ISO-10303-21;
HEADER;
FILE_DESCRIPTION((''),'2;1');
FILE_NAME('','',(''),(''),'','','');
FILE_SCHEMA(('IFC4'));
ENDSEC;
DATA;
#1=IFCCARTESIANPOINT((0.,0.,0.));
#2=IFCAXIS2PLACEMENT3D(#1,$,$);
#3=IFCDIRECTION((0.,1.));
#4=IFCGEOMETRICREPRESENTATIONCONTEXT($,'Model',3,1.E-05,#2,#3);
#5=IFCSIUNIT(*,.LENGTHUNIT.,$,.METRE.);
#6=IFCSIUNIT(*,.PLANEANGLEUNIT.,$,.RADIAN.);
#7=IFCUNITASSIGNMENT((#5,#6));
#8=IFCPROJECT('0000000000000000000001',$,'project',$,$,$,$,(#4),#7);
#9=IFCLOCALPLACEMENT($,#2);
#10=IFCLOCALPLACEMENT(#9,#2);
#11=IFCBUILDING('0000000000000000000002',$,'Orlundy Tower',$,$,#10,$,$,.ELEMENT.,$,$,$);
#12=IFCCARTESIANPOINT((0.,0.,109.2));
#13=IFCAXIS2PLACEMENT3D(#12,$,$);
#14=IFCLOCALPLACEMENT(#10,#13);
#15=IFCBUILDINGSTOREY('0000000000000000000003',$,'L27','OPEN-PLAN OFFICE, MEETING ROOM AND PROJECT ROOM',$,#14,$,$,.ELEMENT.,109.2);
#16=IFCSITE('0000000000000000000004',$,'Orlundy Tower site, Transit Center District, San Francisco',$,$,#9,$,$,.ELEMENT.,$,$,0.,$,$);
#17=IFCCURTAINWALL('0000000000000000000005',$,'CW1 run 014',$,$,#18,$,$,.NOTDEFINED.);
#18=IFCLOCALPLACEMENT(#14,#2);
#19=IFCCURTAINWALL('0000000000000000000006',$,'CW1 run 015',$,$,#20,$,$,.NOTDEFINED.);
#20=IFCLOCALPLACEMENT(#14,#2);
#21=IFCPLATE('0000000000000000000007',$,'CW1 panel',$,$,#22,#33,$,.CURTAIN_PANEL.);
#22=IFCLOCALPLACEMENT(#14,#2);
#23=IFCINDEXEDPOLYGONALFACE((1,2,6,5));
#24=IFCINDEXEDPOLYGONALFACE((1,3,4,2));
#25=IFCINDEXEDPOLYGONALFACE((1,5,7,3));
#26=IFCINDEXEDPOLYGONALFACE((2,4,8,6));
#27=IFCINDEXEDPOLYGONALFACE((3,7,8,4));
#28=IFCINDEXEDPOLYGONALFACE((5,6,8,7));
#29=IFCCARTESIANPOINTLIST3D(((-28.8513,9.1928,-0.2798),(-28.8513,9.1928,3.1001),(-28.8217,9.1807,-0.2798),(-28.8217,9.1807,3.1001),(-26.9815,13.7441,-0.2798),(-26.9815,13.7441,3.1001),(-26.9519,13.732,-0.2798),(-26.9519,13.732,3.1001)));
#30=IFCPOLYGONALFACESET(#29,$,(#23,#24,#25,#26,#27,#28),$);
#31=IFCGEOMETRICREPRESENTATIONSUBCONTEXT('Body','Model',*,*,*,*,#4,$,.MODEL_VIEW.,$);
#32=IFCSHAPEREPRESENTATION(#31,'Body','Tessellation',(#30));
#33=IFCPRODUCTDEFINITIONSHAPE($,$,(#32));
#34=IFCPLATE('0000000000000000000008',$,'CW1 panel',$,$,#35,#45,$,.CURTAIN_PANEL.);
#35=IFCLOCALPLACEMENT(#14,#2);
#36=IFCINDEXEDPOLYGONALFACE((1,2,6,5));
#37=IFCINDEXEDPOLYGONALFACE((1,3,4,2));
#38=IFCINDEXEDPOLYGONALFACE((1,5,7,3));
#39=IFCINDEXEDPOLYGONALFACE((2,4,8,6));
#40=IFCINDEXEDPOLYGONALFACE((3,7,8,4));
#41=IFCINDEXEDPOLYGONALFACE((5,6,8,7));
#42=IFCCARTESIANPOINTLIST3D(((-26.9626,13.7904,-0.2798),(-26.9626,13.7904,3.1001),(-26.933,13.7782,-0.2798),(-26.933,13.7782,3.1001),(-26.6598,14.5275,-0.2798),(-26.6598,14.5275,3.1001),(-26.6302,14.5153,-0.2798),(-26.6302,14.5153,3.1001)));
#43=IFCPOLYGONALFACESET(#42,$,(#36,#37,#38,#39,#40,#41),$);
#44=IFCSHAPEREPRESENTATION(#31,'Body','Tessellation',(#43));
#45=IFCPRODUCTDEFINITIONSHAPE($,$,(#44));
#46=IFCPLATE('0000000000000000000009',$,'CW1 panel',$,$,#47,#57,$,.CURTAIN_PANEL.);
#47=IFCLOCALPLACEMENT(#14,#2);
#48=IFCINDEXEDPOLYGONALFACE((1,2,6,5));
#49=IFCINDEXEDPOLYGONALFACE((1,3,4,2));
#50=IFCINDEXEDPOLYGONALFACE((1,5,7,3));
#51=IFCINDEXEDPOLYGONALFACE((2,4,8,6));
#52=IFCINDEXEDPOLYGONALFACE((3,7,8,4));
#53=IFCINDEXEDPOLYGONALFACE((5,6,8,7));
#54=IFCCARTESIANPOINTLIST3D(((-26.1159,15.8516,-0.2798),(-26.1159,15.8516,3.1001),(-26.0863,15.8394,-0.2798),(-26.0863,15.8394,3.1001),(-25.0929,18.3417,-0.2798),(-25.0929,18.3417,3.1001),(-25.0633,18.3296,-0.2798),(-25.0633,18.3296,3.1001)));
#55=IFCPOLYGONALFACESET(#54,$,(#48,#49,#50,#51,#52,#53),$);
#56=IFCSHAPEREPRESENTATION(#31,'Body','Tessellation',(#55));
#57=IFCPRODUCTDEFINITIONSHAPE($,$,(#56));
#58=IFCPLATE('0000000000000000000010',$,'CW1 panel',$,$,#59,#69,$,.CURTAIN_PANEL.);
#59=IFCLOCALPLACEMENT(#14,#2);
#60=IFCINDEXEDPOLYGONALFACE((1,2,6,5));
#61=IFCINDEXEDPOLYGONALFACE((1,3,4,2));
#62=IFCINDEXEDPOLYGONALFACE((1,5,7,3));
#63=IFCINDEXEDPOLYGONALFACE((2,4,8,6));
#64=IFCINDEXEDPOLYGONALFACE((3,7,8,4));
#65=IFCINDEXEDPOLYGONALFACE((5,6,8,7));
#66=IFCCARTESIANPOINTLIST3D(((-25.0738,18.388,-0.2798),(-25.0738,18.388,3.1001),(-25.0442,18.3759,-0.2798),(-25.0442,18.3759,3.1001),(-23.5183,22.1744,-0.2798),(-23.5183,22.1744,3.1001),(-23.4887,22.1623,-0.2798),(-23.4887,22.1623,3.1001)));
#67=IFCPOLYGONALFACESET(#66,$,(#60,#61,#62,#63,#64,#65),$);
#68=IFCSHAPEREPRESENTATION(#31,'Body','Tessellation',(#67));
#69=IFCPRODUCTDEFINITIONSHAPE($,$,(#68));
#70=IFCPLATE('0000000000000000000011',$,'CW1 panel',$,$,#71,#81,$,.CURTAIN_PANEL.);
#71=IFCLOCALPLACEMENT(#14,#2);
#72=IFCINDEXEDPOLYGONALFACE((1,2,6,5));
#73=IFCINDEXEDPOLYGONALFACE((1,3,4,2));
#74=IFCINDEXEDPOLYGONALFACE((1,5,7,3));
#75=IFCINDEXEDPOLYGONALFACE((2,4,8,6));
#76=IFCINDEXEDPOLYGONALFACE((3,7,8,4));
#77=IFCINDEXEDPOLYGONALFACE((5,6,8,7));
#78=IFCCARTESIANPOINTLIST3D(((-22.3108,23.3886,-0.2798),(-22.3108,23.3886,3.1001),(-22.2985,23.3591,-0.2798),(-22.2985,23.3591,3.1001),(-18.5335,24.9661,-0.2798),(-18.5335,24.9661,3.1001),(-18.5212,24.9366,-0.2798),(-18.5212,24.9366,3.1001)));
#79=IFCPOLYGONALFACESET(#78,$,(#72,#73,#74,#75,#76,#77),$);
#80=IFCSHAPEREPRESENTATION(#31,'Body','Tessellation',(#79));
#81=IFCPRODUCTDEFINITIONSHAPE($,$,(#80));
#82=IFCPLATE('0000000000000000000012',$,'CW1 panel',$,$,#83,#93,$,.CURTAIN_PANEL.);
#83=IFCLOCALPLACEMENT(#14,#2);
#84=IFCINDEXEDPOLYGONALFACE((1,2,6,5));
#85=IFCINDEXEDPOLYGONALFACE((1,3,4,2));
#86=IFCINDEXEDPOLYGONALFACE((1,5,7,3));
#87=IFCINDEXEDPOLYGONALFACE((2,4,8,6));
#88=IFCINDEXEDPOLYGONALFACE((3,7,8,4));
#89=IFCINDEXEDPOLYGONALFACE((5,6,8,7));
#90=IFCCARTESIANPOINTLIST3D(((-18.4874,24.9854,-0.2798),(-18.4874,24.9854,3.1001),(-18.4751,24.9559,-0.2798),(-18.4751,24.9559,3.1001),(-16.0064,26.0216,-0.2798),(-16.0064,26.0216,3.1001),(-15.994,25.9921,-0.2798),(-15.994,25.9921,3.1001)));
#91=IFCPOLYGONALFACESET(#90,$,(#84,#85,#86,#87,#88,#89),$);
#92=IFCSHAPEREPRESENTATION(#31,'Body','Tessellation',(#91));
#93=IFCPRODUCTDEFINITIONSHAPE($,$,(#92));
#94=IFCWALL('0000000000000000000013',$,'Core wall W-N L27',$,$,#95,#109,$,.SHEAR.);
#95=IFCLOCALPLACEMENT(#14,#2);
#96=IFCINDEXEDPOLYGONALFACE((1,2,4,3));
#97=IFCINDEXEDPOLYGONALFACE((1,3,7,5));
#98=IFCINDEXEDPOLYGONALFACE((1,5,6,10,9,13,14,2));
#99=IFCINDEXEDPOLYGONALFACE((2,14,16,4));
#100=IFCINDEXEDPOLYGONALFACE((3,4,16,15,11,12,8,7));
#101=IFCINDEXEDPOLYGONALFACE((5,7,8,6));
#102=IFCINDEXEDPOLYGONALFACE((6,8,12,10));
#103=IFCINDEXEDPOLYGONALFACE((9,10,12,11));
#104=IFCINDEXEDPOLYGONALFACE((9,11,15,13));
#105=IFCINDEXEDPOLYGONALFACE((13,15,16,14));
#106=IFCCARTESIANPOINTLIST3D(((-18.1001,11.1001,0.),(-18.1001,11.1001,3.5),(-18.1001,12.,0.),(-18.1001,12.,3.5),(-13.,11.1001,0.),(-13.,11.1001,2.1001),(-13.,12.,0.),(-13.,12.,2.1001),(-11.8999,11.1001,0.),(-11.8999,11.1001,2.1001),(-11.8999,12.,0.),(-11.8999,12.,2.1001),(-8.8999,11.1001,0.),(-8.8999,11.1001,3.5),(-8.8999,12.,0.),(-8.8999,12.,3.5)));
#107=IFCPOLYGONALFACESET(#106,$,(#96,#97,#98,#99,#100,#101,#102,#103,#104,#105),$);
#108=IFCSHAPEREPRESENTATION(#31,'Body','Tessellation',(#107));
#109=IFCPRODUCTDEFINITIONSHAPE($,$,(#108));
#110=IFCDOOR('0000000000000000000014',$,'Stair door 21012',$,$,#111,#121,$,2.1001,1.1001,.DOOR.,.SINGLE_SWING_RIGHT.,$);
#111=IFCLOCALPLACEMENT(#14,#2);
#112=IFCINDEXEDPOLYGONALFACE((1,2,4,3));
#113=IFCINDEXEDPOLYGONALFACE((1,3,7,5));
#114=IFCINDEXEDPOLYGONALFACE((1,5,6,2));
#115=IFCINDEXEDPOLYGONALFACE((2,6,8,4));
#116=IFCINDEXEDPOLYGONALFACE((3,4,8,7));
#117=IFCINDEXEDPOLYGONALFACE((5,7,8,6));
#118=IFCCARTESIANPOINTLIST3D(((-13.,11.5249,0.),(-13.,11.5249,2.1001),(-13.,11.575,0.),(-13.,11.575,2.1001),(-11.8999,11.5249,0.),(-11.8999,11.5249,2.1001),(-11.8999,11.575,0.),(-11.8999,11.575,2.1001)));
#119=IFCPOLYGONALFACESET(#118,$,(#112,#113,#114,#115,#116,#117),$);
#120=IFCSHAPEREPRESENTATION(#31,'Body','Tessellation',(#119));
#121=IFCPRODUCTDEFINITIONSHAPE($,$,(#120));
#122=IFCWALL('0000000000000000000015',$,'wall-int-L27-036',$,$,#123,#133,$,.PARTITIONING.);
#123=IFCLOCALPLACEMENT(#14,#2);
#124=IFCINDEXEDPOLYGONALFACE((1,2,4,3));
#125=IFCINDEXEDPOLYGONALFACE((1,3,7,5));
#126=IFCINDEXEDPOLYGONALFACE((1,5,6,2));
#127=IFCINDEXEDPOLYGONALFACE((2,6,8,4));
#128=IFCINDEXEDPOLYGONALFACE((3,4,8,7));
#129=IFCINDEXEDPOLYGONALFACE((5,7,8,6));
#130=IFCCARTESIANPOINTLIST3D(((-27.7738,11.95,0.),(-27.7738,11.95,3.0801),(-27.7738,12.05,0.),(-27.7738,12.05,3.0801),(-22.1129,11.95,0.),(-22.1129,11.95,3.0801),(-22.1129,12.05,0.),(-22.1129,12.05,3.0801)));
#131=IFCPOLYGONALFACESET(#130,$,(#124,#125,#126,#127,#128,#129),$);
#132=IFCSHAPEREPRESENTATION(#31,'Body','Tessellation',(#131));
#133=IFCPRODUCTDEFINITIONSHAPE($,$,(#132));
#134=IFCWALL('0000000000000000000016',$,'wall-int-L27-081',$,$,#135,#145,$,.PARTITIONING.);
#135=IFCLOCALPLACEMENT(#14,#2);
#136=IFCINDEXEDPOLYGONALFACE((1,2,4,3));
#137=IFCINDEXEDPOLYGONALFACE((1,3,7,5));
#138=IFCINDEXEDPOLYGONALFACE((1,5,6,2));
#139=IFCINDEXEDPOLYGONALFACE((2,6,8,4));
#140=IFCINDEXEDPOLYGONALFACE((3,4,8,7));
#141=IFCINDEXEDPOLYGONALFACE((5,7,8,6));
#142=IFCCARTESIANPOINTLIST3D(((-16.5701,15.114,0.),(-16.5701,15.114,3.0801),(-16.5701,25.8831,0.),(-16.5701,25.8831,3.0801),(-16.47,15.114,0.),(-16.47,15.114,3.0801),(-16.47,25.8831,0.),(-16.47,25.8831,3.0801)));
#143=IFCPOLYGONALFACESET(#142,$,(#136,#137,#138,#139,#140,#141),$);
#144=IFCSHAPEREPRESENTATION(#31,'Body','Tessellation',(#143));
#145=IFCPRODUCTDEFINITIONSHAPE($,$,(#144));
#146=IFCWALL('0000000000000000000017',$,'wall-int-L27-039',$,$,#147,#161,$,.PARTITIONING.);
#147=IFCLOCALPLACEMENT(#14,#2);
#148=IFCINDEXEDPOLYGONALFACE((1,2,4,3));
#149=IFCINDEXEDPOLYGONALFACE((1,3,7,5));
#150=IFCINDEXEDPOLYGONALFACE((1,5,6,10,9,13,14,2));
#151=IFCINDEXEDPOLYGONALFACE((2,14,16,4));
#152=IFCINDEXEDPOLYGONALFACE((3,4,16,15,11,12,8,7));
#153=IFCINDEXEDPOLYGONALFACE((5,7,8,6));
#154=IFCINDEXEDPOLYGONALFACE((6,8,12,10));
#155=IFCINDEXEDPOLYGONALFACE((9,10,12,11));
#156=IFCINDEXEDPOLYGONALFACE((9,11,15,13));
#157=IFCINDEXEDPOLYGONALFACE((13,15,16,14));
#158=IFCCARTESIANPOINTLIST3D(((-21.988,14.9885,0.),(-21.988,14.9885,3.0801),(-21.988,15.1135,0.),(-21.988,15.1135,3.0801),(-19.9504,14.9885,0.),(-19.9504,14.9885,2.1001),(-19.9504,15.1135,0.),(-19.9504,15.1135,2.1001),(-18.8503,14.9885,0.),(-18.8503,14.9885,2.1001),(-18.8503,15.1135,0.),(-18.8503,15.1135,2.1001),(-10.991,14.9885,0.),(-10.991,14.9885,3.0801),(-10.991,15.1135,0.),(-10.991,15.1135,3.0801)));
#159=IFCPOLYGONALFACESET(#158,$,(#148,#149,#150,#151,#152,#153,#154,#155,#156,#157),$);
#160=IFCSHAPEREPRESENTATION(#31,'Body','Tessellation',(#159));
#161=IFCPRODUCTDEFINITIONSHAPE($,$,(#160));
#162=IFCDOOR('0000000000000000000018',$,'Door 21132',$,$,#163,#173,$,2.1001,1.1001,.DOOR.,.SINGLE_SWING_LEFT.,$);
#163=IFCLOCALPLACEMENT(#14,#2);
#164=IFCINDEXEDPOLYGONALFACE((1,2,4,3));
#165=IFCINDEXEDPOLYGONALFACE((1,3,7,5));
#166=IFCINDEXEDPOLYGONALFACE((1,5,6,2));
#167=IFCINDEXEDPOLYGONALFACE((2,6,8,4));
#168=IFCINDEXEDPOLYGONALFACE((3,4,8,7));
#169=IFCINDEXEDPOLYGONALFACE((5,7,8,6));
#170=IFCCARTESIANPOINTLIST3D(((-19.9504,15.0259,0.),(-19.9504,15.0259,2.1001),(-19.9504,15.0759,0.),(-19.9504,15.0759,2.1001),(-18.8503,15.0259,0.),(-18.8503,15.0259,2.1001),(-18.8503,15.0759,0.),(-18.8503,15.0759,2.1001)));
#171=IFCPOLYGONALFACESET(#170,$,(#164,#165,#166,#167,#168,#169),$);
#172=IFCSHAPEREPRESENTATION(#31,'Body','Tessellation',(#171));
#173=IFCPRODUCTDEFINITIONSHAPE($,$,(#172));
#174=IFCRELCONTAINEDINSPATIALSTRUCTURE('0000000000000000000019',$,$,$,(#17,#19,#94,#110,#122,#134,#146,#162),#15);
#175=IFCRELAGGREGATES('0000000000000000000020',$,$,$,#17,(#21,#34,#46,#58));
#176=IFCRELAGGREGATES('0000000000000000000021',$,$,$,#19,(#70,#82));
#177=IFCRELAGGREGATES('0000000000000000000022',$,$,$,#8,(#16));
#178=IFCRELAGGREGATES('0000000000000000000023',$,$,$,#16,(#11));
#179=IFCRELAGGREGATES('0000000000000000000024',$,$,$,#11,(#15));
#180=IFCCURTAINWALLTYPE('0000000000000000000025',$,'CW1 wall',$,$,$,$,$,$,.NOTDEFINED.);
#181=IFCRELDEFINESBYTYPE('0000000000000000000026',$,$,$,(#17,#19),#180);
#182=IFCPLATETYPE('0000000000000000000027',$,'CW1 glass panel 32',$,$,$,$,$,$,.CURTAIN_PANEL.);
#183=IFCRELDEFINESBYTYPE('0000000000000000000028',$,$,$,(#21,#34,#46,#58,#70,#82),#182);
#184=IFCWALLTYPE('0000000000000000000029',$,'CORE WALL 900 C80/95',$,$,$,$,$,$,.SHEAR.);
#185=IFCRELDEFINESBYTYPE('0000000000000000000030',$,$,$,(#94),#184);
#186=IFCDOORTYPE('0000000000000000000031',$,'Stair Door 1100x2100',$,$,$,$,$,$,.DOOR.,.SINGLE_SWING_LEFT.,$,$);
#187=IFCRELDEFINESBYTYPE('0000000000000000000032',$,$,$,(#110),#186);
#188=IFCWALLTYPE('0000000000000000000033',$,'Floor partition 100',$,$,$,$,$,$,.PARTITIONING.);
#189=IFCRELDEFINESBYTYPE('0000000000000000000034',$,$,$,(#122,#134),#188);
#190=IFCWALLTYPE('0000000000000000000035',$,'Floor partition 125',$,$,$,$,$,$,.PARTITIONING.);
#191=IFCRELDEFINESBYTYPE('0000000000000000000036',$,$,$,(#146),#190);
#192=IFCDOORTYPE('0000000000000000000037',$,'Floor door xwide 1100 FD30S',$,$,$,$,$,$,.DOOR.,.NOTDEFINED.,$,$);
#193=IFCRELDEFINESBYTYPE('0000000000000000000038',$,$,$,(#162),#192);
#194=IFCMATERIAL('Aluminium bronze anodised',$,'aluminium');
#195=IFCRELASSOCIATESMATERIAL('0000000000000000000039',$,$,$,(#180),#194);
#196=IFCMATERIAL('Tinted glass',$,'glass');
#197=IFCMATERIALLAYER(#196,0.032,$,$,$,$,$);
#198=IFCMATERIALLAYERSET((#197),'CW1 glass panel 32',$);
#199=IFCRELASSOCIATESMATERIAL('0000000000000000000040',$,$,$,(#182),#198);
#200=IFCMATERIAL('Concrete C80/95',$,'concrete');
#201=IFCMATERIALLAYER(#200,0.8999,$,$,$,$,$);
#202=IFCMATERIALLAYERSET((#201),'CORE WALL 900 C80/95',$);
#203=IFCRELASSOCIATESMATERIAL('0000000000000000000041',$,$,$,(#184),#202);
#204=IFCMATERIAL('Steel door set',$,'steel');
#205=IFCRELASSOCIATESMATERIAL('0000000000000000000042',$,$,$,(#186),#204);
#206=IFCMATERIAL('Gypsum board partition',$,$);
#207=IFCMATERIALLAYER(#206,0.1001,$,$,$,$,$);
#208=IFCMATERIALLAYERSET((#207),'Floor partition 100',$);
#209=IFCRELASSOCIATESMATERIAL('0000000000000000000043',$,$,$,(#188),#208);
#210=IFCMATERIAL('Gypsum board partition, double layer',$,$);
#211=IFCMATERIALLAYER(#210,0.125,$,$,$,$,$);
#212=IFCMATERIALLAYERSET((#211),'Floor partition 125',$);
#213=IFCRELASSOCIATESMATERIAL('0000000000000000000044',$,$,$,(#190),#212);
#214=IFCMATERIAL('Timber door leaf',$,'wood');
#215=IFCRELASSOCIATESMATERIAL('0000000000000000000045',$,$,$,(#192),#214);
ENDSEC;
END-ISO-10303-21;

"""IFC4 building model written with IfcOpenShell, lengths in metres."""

from ifc_helpers import new_model, si_unit, direction, frame, frame_2d, origin, origin_2d, place, context, subcontext, project, spatial, rectangle, extrude, material, layer, layer_set, type_object, element, fill, aggregate, save


model = new_model("IFC4")

# Units and contexts
model_context = context("Model", 3, precision=1e-05, world=origin(), true_north=direction((0.0, 1.0)))
body_context = subcontext(model_context, "Body", "Model", "MODEL_VIEW")
ifc_project = project(units=[si_unit("LENGTHUNIT", "METRE"), si_unit("PLANEANGLEUNIT", "RADIAN")], contexts=[model_context])

# Site, building, storey
site_placement = place(None, origin())
site = spatial("IfcSite", under=ifc_project, at=site_placement, Name="Orlundy Tower site, Transit Center District, San Francisco", CompositionType="ELEMENT", RefElevation=0.0)
building_placement = place(site_placement, origin())
building = spatial("IfcBuilding", under=site, at=building_placement, Name="Orlundy Tower", CompositionType="ELEMENT")
storey_placement = place(building_placement, frame((0.0, 0.0, 109.2)))
storey = spatial("IfcBuildingStorey", under=building, at=storey_placement, Name="L27", Description="OPEN-PLAN OFFICE, MEETING ROOM AND PROJECT ROOM", CompositionType="ELEMENT", Elevation=109.2)

# Curtain wall
ifc_material_1 = material(Name="Aluminium bronze anodised", Category="aluminium")
curtain_wall_type = type_object("IfcCurtainWallType", Name="CW1 wall", PredefinedType="NOTDEFINED", material=ifc_material_1)
curtain_wall_1_placement = place(storey_placement, origin())
curtain_wall_1 = element("IfcCurtainWall", 1, at=curtain_wall_1_placement, inside=storey, type_object=curtain_wall_type, Name="CW1 run 014", PredefinedType="NOTDEFINED")

# Curtain wall
curtain_wall_2_placement = place(storey_placement, origin())
curtain_wall_2 = element("IfcCurtainWall", 2, at=curtain_wall_2_placement, inside=storey, type_object=curtain_wall_type, Name="CW1 run 015", PredefinedType="NOTDEFINED")

# Plates
ifc_material_2 = material(Name="Tinted glass", Category="glass")
ifc_layer_1 = layer(ifc_material_2, 0.032)
ifc_layer_set_1 = layer_set([ifc_layer_1], Name="CW1 glass panel 32")
plate_type = type_object("IfcPlateType", Name="CW1 glass panel 32", PredefinedType="CURTAIN_PANEL", material=ifc_layer_set_1)
plate_1_placement = place(storey_placement, frame((-27.9016, 11.4624, -0.2798), z_axis=(0.0, 0.0, 1.0), x_axis=(0.380005, 0.924984, 0.0)))
plate_1 = element("IfcPlate", 3, at=plate_1_placement, type_object=plate_type, Name="CW1 panel", PredefinedType="CURTAIN_PANEL", context=body_context, shape_type="SweptSolid", body=[
    extrude(rectangle(XDim=4.9204, YDim=0.032, at=origin_2d()), origin(), (0.0, 0.0, 1.0), 3.3799),
])
plate_2_placement = place(storey_placement, frame((-26.7964, 14.1528, -0.2798), z_axis=(0.0, 0.0, 1.0), x_axis=(0.380005, 0.924984, 0.0)))
plate_2 = element("IfcPlate", 4, at=plate_2_placement, type_object=plate_type, Name="CW1 panel", PredefinedType="CURTAIN_PANEL", context=body_context, shape_type="SweptSolid", body=[
    extrude(rectangle(XDim=0.7969, YDim=0.032, at=origin_2d()), origin(), (0.0, 0.0, 1.0), 3.3799),
])
plate_3_placement = place(storey_placement, frame((-25.5896, 17.0906, -0.2798), z_axis=(0.0, 0.0, 1.0), x_axis=(0.380005, 0.924984, 0.0)))
plate_3 = element("IfcPlate", 5, at=plate_3_placement, type_object=plate_type, Name="CW1 panel", PredefinedType="CURTAIN_PANEL", context=body_context, shape_type="SweptSolid", body=[
    extrude(rectangle(XDim=2.6921, YDim=0.032, at=origin_2d()), origin(), (0.0, 0.0, 1.0), 3.3799),
])
plate_4_placement = place(storey_placement, frame((-24.2812, 20.2751, -0.2798), z_axis=(0.0, 0.0, 1.0), x_axis=(0.380005, 0.924984, 0.0)))
plate_4 = element("IfcPlate", 6, at=plate_4_placement, type_object=plate_type, Name="CW1 panel", PredefinedType="CURTAIN_PANEL", context=body_context, shape_type="SweptSolid", body=[
    extrude(rectangle(XDim=4.0935, YDim=0.032, at=origin_2d()), origin(), (0.0, 0.0, 1.0), 3.3799),
])
aggregate(curtain_wall_1, [plate_1, plate_2, plate_3, plate_4])
plate_5_placement = place(storey_placement, frame((-20.416, 24.1626, -0.2798), z_axis=(0.0, 0.0, 1.0), x_axis=(0.92276, 0.385375, 0.0)))
plate_5 = element("IfcPlate", 7, at=plate_5_placement, type_object=plate_type, Name="CW1 panel", PredefinedType="CURTAIN_PANEL", context=body_context, shape_type="SweptSolid", body=[
    extrude(rectangle(XDim=4.0935, YDim=0.032, at=origin_2d()), origin(), (0.0, 0.0, 1.0), 3.3799),
])
plate_6_placement = place(storey_placement, frame((-17.2407, 25.4888, -0.2798), z_axis=(0.0, 0.0, 1.0), x_axis=(0.92276, 0.385375, 0.0)))
plate_6 = element("IfcPlate", 8, at=plate_6_placement, type_object=plate_type, Name="CW1 panel", PredefinedType="CURTAIN_PANEL", context=body_context, shape_type="SweptSolid", body=[
    extrude(rectangle(XDim=2.6887, YDim=0.032, at=origin_2d()), origin(), (0.0, 0.0, 1.0), 3.3799),
])
aggregate(curtain_wall_2, [plate_5, plate_6])

# Wall, opening, door
ifc_material_3 = material(Name="Concrete C80/95", Category="concrete")
ifc_layer_2 = layer(ifc_material_3, 0.8999)
ifc_layer_set_2 = layer_set([ifc_layer_2], Name="CORE WALL 900 C80/95")
wall_type_1 = type_object("IfcWallType", Name="CORE WALL 900 C80/95", PredefinedType="SHEAR", material=ifc_layer_set_2)
wall_1_placement = place(storey_placement, frame((-18.1001, 11.55, 0.0), z_axis=(0.0, 0.0, 1.0), x_axis=(1.0, 0.0, 0.0)))
wall_1 = element("IfcWall", 9, at=wall_1_placement, inside=storey, type_object=wall_type_1, Name="Core wall W-N L27", PredefinedType="SHEAR", context=body_context, shape_type="SweptSolid", body=[
    extrude(rectangle(XDim=9.2002, YDim=0.8999, at=frame_2d((4.6001, 0.0))), origin(), (0.0, 0.0, 1.0), 3.5),
])
opening_1_placement = place(wall_1_placement, frame((5.1001, 0.0, 0.0)))
opening_1 = element("IfcOpeningElement", 10, at=opening_1_placement, cuts=wall_1, PredefinedType="OPENING", context=body_context, shape_type="SweptSolid", body=[
    extrude(rectangle(XDim=1.1001, YDim=2.1001, at=frame_2d((0.55, 1.05))), frame((0.0, 0.46, 0.0), z_axis=(0.0, -1.0, 0.0), x_axis=(1.0, 0.0, 0.0)), (0.0, 0.0, 1.0), 0.9199),
])
ifc_material_4 = material(Name="Steel door set", Category="steel")
door_type_1 = type_object("IfcDoorType", Name="Stair Door 1100x2100", OperationType="SINGLE_SWING_LEFT", PredefinedType="DOOR", material=ifc_material_4)
door_1_placement = place(opening_1_placement, origin())
door_1 = element("IfcDoor", 11, at=door_1_placement, inside=storey, type_object=door_type_1, Name="Stair door 21012", OperationType="SINGLE_SWING_RIGHT", OverallHeight=2.1001, OverallWidth=1.1001, PredefinedType="DOOR", context=body_context, shape_type="SweptSolid", body=[
    extrude(rectangle(XDim=1.1001, YDim=2.1001, at=frame_2d((0.55, 1.05))), frame((0.0, 0.0249, 0.0), z_axis=(0.0, -1.0, 0.0), x_axis=(1.0, 0.0, 0.0)), (0.0, 0.0, 1.0), 0.05),
])
fill(opening_1, door_1)

# Walls
ifc_material_5 = material(Name="Gypsum board partition")
ifc_layer_3 = layer(ifc_material_5, 0.1001)
ifc_layer_set_3 = layer_set([ifc_layer_3], Name="Floor partition 100")
wall_type_2 = type_object("IfcWallType", Name="Floor partition 100", PredefinedType="PARTITIONING", material=ifc_layer_set_3)
wall_2_placement = place(storey_placement, frame((-27.7739, 12.0, 0.0), z_axis=(0.0, 0.0, 1.0), x_axis=(1.0, 0.0, 0.0)))
element("IfcWall", 12, at=wall_2_placement, inside=storey, type_object=wall_type_2, Name="wall-int-L27-036", PredefinedType="PARTITIONING", context=body_context, shape_type="SweptSolid", body=[
    extrude(rectangle(XDim=5.6609, YDim=0.1001, at=frame_2d((2.8306, 0.0))), origin(), (0.0, 0.0, 1.0), 3.0801),
])
wall_3_placement = place(storey_placement, frame((-16.52, 15.114, 0.0), z_axis=(0.0, 0.0, 1.0), x_axis=(0.0, 1.0, 0.0)))
element("IfcWall", 13, at=wall_3_placement, inside=storey, type_object=wall_type_2, Name="wall-int-L27-081", PredefinedType="PARTITIONING", context=body_context, shape_type="SweptSolid", body=[
    extrude(rectangle(XDim=10.769, YDim=0.1001, at=frame_2d((5.3845, 0.0))), origin(), (0.0, 0.0, 1.0), 3.0801),
])

# Wall, opening, door
ifc_material_6 = material(Name="Gypsum board partition, double layer")
ifc_layer_4 = layer(ifc_material_6, 0.125)
ifc_layer_set_4 = layer_set([ifc_layer_4], Name="Floor partition 125")
wall_type_3 = type_object("IfcWallType", Name="Floor partition 125", PredefinedType="PARTITIONING", material=ifc_layer_set_4)
wall_4_placement = place(storey_placement, frame((-21.988, 15.051, 0.0), z_axis=(0.0, 0.0, 1.0), x_axis=(1.0, 0.0, 0.0)))
wall_4 = element("IfcWall", 14, at=wall_4_placement, inside=storey, type_object=wall_type_3, Name="wall-int-L27-039", PredefinedType="PARTITIONING", context=body_context, shape_type="SweptSolid", body=[
    extrude(rectangle(XDim=10.9971, YDim=0.125, at=frame_2d((5.4985, 0.0))), origin(), (0.0, 0.0, 1.0), 3.0801),
])
opening_2_placement = place(wall_4_placement, frame((2.0376, 0.0, 0.0)))
opening_2 = element("IfcOpeningElement", 15, at=opening_2_placement, cuts=wall_4, PredefinedType="OPENING", context=body_context, shape_type="SweptSolid", body=[
    extrude(rectangle(XDim=1.1001, YDim=2.1001, at=frame_2d((0.55, 1.05))), frame((0.0, 0.0725, 0.0), z_axis=(0.0, -1.0, 0.0), x_axis=(1.0, 0.0, 0.0)), (0.0, 0.0, 1.0), 0.145),
])
ifc_material_7 = material(Name="Timber door leaf", Category="wood")
door_type_2 = type_object("IfcDoorType", Name="Floor door xwide 1100 FD30S", OperationType="NOTDEFINED", PredefinedType="DOOR", material=ifc_material_7)
door_2_placement = place(opening_2_placement, origin())
door_2 = element("IfcDoor", 16, at=door_2_placement, inside=storey, type_object=door_type_2, Name="Door 21132", OperationType="SINGLE_SWING_LEFT", OverallHeight=2.1001, OverallWidth=1.1001, PredefinedType="DOOR", context=body_context, shape_type="SweptSolid", body=[
    extrude(rectangle(XDim=1.1001, YDim=2.1001, at=frame_2d((0.55, 1.05))), frame((0.0, 0.0249, 0.0), z_axis=(0.0, -1.0, 0.0), x_axis=(1.0, 0.0, 0.0)), (0.0, 0.0, 1.0), 0.05),
])
fill(opening_2, door_2)

save(model, "model.ifc")
